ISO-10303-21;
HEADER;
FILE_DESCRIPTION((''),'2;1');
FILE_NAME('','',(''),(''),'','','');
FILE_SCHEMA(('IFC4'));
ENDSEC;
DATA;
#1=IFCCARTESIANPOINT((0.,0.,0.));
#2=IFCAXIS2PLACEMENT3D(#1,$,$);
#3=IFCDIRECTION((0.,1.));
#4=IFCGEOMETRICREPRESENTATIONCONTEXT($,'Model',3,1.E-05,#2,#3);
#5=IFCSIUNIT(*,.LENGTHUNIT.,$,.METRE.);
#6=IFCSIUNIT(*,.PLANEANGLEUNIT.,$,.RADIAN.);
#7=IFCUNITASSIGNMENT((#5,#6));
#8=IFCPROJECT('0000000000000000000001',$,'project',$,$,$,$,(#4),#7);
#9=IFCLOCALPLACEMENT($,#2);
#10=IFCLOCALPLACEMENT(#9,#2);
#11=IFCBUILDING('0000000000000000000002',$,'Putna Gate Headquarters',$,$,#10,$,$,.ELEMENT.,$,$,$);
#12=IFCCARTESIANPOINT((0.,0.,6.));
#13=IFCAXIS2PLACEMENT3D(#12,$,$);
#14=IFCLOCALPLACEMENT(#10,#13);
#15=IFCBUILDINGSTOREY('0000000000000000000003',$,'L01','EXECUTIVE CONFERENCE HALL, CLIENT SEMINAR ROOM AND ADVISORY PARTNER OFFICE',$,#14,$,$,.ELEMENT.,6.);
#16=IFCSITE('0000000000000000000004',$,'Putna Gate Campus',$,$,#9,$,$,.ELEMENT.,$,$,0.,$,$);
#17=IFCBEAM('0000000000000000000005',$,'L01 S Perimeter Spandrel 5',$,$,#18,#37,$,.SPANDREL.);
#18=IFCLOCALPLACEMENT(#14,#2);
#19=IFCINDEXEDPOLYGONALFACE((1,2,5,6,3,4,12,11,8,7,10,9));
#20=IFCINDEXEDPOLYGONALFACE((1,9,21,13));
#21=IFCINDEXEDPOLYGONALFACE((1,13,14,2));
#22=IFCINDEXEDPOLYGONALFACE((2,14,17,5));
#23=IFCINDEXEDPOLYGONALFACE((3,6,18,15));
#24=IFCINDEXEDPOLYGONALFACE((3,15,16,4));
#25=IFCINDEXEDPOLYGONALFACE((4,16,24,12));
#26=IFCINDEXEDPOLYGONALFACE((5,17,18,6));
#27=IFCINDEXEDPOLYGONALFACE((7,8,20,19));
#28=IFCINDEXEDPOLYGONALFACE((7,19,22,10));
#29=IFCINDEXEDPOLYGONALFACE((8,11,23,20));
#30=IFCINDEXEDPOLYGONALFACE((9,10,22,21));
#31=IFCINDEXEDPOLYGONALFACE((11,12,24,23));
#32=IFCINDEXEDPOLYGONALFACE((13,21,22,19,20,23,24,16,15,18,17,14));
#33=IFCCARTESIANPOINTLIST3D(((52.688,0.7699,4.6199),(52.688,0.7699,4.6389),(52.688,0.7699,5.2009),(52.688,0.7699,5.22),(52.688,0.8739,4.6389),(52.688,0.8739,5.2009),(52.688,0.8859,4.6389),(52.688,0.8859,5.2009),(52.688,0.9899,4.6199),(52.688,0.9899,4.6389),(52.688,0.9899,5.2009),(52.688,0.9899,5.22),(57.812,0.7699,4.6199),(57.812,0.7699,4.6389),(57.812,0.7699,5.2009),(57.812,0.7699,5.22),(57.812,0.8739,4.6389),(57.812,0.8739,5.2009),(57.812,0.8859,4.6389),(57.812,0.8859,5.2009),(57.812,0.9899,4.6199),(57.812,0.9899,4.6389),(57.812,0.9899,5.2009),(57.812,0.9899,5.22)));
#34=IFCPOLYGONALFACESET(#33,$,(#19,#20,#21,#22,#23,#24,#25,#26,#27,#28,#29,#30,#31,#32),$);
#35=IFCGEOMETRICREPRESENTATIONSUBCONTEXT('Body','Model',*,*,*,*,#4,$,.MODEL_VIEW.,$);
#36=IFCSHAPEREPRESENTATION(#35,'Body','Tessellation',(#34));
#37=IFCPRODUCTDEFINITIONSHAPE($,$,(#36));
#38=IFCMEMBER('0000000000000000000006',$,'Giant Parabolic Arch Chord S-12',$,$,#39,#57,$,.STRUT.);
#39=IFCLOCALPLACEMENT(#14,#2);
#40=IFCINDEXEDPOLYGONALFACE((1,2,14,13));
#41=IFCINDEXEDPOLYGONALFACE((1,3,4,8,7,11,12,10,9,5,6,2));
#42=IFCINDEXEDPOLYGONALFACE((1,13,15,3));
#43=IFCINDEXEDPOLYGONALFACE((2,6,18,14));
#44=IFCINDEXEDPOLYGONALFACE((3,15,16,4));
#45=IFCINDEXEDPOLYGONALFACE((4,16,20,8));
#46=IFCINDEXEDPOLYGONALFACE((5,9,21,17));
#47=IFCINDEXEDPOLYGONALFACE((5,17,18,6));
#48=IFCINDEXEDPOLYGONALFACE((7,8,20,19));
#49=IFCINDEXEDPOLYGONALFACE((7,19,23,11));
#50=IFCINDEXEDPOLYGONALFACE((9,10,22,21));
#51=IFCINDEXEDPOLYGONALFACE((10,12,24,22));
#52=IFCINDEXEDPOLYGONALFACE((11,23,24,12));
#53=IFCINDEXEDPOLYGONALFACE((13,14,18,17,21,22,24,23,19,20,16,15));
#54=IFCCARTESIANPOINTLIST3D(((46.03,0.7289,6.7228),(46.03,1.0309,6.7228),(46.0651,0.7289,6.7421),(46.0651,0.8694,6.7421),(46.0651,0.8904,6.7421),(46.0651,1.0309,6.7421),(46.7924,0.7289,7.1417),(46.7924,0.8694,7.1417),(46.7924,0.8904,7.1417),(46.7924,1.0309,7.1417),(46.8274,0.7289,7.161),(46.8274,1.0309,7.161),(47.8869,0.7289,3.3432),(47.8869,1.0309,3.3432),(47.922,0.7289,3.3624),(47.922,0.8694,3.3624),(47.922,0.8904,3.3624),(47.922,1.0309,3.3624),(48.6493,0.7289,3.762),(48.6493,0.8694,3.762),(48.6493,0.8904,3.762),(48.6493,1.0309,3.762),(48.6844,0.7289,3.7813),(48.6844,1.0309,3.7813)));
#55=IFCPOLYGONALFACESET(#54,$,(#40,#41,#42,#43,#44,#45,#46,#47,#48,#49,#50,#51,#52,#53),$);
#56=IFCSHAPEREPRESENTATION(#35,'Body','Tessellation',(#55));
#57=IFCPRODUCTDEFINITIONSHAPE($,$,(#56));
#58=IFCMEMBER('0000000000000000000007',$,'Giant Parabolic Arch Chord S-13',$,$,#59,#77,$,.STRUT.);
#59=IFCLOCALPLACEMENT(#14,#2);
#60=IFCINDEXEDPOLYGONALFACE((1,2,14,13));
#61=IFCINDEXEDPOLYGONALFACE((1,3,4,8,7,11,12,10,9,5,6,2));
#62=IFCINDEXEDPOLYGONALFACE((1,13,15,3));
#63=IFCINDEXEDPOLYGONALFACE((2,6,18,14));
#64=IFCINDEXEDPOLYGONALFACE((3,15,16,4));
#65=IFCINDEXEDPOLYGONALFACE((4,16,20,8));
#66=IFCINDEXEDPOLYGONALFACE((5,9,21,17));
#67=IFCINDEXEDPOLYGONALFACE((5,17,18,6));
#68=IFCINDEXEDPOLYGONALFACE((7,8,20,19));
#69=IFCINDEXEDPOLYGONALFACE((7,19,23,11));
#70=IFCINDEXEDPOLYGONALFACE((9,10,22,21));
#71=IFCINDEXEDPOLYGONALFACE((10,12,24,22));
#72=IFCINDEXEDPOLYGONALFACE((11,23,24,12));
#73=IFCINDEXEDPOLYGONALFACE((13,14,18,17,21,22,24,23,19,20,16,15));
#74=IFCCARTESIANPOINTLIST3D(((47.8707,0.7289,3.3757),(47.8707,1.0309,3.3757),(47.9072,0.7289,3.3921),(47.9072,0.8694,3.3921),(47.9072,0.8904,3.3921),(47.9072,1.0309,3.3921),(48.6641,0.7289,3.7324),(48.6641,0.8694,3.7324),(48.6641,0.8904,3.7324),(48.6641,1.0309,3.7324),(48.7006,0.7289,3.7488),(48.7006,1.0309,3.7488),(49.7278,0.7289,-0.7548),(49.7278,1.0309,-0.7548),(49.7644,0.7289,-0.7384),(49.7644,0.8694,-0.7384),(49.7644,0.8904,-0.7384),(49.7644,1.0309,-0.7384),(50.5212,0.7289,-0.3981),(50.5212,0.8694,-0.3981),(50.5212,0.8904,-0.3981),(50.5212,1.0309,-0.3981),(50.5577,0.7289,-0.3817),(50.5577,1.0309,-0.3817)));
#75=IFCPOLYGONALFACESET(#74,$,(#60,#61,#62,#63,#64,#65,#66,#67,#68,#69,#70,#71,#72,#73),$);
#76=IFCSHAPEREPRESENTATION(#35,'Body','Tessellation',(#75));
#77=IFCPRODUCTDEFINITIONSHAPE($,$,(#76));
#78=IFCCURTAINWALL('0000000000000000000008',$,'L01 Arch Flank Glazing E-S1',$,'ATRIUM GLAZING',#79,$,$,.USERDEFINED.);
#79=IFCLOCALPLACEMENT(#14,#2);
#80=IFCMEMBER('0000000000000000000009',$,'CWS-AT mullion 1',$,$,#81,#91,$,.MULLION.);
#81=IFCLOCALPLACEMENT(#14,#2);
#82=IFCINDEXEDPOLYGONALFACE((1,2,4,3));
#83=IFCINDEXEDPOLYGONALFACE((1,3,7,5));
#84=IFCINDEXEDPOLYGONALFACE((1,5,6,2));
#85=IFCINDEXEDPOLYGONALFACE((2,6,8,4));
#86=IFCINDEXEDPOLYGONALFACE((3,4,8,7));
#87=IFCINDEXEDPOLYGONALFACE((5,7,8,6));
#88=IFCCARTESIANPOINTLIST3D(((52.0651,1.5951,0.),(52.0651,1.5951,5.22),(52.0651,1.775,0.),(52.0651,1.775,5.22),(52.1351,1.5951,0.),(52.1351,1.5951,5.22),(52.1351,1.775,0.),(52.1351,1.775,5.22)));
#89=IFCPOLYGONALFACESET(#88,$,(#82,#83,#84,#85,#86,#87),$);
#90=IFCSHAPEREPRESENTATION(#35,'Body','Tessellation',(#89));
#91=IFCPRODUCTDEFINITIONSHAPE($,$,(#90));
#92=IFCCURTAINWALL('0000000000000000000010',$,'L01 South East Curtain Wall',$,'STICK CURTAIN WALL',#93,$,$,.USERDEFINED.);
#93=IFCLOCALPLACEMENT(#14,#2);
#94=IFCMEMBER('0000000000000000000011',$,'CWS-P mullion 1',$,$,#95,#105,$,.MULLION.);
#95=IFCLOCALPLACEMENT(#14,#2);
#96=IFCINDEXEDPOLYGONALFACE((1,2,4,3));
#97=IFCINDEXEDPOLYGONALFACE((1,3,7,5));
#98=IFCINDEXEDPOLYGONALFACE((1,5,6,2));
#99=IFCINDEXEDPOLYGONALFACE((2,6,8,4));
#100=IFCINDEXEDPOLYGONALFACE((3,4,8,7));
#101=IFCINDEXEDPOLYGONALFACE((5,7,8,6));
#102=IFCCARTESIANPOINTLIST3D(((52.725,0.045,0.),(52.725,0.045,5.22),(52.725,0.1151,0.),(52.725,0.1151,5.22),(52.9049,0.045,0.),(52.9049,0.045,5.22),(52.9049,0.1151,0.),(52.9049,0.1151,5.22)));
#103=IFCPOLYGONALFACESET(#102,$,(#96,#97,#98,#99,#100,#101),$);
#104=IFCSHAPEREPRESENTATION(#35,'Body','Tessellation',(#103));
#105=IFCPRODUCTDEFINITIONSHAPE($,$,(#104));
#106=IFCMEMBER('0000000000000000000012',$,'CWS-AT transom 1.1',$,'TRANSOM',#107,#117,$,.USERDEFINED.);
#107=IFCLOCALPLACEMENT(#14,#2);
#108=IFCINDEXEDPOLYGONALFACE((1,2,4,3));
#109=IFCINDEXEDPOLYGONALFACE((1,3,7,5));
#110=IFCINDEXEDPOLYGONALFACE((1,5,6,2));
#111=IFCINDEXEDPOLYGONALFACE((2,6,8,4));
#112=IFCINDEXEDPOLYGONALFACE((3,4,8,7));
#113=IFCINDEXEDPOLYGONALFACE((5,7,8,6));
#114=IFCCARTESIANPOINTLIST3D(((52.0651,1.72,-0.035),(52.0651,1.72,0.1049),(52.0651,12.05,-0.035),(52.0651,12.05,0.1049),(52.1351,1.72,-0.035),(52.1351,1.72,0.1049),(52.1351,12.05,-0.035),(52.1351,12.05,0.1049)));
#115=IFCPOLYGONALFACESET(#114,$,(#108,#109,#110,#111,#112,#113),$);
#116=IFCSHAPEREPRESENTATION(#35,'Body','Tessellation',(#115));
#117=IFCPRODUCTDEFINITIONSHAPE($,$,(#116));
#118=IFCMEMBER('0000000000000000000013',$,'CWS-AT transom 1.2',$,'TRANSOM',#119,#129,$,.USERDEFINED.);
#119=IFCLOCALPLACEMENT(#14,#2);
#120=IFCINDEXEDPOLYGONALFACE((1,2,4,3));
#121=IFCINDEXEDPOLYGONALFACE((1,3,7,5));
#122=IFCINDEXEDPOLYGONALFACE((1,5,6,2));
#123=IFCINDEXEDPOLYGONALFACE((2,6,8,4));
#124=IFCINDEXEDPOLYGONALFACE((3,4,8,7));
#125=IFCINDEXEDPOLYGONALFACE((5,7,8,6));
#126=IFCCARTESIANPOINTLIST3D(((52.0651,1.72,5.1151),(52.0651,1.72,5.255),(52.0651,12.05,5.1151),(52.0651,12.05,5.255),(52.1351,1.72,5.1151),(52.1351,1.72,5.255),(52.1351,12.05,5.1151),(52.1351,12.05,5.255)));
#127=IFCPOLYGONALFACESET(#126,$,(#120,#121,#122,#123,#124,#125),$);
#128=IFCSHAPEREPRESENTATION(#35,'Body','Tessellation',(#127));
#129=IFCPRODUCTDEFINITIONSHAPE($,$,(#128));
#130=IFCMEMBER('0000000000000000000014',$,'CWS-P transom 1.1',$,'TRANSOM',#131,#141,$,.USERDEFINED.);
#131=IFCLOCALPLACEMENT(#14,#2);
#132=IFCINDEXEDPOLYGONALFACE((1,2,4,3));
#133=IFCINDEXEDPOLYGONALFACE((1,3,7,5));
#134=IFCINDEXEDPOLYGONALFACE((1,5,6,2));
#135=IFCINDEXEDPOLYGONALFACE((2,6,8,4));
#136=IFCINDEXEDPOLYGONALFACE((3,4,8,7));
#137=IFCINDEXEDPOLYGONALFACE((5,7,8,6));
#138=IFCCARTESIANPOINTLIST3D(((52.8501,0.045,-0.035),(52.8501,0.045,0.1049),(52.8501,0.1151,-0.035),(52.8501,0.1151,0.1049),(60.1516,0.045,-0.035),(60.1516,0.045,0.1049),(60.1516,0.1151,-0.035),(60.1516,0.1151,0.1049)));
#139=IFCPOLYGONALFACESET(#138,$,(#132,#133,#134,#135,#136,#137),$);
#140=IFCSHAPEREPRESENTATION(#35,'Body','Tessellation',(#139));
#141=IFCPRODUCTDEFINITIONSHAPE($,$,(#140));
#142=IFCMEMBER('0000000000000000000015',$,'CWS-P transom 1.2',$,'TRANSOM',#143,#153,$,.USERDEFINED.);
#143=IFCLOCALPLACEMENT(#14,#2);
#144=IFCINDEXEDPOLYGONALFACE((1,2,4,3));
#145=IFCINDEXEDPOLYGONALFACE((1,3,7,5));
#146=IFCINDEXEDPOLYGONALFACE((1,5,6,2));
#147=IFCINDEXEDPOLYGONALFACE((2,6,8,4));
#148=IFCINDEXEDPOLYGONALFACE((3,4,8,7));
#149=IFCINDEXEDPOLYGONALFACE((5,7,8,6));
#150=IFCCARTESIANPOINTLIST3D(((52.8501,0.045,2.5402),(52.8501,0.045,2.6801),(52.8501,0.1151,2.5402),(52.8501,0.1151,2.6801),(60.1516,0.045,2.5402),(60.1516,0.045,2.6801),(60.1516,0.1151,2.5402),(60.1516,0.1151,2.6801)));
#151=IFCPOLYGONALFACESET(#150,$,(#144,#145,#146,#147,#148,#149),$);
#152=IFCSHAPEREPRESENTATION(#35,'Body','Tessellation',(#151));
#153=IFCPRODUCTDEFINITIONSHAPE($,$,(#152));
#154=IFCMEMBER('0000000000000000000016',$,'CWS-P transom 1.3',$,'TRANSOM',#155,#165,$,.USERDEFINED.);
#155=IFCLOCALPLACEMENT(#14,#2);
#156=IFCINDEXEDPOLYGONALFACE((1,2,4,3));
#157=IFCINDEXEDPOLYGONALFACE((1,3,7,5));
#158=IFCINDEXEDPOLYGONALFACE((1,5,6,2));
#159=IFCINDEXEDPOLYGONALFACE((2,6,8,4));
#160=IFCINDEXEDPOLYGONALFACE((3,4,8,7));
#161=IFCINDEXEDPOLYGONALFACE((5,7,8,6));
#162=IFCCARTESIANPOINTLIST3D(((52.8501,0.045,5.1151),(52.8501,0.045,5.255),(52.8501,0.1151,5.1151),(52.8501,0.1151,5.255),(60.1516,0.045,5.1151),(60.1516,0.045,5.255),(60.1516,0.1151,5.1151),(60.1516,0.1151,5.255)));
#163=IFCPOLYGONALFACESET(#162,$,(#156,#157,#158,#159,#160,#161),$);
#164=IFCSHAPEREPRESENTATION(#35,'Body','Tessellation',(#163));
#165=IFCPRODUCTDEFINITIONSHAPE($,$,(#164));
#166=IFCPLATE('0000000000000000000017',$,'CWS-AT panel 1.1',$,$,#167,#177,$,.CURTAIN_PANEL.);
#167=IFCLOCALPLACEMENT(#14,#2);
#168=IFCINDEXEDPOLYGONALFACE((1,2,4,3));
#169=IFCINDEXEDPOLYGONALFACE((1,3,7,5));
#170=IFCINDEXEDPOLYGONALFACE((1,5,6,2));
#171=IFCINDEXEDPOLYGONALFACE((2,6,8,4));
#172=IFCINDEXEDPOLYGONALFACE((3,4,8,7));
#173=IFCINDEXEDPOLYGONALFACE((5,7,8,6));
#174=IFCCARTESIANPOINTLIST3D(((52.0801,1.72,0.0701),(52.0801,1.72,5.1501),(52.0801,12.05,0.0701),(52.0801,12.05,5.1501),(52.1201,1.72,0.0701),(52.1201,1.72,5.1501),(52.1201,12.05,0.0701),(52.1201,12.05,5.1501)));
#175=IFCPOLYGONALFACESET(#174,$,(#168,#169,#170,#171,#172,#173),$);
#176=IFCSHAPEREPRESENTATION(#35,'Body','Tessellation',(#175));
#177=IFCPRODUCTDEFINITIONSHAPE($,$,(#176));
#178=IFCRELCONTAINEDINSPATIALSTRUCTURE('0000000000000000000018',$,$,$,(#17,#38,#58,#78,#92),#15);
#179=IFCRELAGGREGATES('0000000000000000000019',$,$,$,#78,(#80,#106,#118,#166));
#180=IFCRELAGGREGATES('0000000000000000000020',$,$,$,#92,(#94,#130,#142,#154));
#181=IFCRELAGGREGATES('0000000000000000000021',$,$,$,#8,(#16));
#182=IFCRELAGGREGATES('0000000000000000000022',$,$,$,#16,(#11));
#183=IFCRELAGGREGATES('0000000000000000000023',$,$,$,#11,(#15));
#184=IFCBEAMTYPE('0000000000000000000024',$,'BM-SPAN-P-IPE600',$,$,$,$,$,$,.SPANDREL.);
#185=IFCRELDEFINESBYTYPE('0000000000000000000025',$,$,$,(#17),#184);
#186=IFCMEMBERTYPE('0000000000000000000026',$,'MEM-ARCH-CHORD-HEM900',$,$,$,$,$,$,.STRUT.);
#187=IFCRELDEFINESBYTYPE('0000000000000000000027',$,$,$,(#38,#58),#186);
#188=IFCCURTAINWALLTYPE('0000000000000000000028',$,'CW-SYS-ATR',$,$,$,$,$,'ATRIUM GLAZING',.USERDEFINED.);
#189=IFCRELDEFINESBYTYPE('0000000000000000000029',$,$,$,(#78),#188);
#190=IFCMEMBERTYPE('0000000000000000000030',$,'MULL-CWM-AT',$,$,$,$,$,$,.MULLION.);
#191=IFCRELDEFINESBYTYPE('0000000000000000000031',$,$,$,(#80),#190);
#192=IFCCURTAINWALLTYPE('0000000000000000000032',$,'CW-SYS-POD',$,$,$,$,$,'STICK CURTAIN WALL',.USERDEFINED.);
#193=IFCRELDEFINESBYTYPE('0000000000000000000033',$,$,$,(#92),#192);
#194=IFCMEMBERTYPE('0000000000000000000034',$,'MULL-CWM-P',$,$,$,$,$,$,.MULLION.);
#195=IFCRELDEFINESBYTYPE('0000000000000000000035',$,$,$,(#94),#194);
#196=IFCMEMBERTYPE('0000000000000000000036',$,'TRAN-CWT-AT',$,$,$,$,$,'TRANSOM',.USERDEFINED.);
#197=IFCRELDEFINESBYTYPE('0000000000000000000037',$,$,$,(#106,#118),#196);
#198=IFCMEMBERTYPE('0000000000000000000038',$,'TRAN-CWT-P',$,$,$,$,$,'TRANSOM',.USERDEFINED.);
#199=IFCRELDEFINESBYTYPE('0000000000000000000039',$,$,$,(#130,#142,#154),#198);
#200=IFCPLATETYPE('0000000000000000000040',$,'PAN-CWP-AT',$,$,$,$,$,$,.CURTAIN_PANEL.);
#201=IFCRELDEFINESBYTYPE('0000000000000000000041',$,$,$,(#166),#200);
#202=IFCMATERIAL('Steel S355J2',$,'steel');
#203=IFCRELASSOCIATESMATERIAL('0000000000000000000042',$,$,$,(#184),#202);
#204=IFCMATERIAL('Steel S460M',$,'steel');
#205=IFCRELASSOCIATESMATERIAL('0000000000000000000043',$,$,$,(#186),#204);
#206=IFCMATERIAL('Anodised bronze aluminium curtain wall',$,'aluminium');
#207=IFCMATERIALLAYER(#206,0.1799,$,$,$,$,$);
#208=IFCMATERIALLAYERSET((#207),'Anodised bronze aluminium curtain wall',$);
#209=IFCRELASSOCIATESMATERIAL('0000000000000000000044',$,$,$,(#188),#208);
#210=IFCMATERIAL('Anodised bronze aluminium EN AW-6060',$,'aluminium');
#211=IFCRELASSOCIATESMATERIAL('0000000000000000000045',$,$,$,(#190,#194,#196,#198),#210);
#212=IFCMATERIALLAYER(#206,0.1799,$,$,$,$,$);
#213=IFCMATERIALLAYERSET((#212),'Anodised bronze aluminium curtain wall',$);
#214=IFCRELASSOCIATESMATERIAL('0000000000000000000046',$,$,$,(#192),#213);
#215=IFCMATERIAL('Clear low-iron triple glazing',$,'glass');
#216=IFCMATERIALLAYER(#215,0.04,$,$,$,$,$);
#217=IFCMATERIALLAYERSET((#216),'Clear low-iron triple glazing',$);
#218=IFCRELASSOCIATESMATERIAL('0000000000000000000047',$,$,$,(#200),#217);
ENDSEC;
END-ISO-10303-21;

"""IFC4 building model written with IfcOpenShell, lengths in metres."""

from ifc_helpers import new_model, si_unit, direction, frame, origin, origin_2d, place, context, subcontext, project, spatial, rectangle, i_section, extrude, material, layer, layer_set, material_profile, profile_set, type_object, element, aggregate, save


model = new_model("IFC4")

# Units and contexts
model_context = context("Model", 3, precision=1e-05, world=origin(), true_north=direction((0.0, 1.0)))
body_context = subcontext(model_context, "Body", "Model", "MODEL_VIEW")
ifc_project = project(units=[si_unit("LENGTHUNIT", "METRE"), si_unit("PLANEANGLEUNIT", "RADIAN")], contexts=[model_context])

# Site, building, storey
site_placement = place(None, origin())
site = spatial("IfcSite", under=ifc_project, at=site_placement, Name="Putna Gate Campus", CompositionType="ELEMENT", RefElevation=0.0)
building_placement = place(site_placement, origin())
building = spatial("IfcBuilding", under=site, at=building_placement, Name="Putna Gate Headquarters", CompositionType="ELEMENT")
storey_placement = place(building_placement, frame((0.0, 0.0, 6.0)))
storey = spatial("IfcBuildingStorey", under=building, at=storey_placement, Name="L01", Description="EXECUTIVE CONFERENCE HALL, CLIENT SEMINAR ROOM AND ADVISORY PARTNER OFFICE", CompositionType="ELEMENT", Elevation=6.0)

# Beam
ifc_material_1 = material(Name="Steel S355J2", Category="steel")
ifc_material_profile_1 = material_profile(ifc_material_1, i_section(OverallWidth=0.22, OverallDepth=0.6001, WebThickness=0.012, FlangeThickness=0.019, at=origin_2d()), Name="Steel S355J2")
ifc_profile_set_1 = profile_set([ifc_material_profile_1], Name="Steel S355J2")
beam_type_1 = type_object("IfcBeamType", Name="BM-SPAN-P-IPE600", PredefinedType="SPANDREL", material=ifc_profile_set_1)
beam_1_placement = place(storey_placement, frame((52.688, 0.8799, 4.9199), z_axis=(1.0, 0.0, 0.0), x_axis=(0.0, 1.0, 0.0)))
element("IfcBeam", 1, at=beam_1_placement, inside=storey, type_object=beam_type_1, Name="L01 S Perimeter Spandrel 5", PredefinedType="SPANDREL", context=body_context, shape_type="SweptSolid", body=[
    extrude(i_section(OverallWidth=0.22, OverallDepth=0.6001, WebThickness=0.012, FlangeThickness=0.019, at=origin_2d()), origin(), (0.0, 0.0, 1.0), 5.124),
])

# Members
ifc_material_2 = material(Name="Steel S460M", Category="steel")
ifc_material_profile_2 = material_profile(ifc_material_2, i_section(OverallWidth=0.302, OverallDepth=0.9099, WebThickness=0.021, FlangeThickness=0.04, at=origin_2d()), Name="Steel S460M")
ifc_profile_set_2 = profile_set([ifc_material_profile_2], Name="Steel S460M")
member_type_1 = type_object("IfcMemberType", Name="MEM-ARCH-CHORD-HEM900", PredefinedType="STRUT", material=ifc_profile_set_2)
member_1_placement = place(storey_placement, frame((46.4287, 0.8799, 6.9419), z_axis=(0.481547, 0.0, -0.87642), x_axis=(0.0, 1.0, 0.0)))
element("IfcMember", 2, at=member_1_placement, inside=storey, type_object=member_type_1, Name="Giant Parabolic Arch Chord S-12", PredefinedType="STRUT", context=body_context, shape_type="SweptSolid", body=[
    extrude(i_section(OverallWidth=0.302, OverallDepth=0.9099, WebThickness=0.021, FlangeThickness=0.04, at=origin_2d()), origin(), (0.0, 0.0, 1.0), 3.8562),
])
member_2_placement = place(storey_placement, frame((48.2856, 0.8799, 3.5623), z_axis=(0.410071, 0.0, -0.912054), x_axis=(0.0, 1.0, 0.0)))
element("IfcMember", 3, at=member_2_placement, inside=storey, type_object=member_type_1, Name="Giant Parabolic Arch Chord S-13", PredefinedType="STRUT", context=body_context, shape_type="SweptSolid", body=[
    extrude(i_section(OverallWidth=0.302, OverallDepth=0.9099, WebThickness=0.021, FlangeThickness=0.04, at=origin_2d()), origin(), (0.0, 0.0, 1.0), 4.5288),
])

# Curtain walls, members
ifc_material_3 = material(Name="Anodised bronze aluminium curtain wall", Category="aluminium")
ifc_layer_1 = layer(ifc_material_3, 0.1799)
ifc_layer_set_1 = layer_set([ifc_layer_1], Name="Anodised bronze aluminium curtain wall")
curtain_wall_type_1 = type_object("IfcCurtainWallType", Name="CW-SYS-ATR", ElementType="ATRIUM GLAZING", PredefinedType="USERDEFINED", material=ifc_layer_set_1)
curtain_wall_1_placement = place(storey_placement, origin())
curtain_wall_1 = element("IfcCurtainWall", 4, at=curtain_wall_1_placement, inside=storey, type_object=curtain_wall_type_1, Name="L01 Arch Flank Glazing E-S1", ObjectType="ATRIUM GLAZING", PredefinedType="USERDEFINED")
ifc_material_4 = material(Name="Anodised bronze aluminium EN AW-6060", Category="aluminium")
ifc_material_profile_3 = material_profile(ifc_material_4, rectangle(XDim=0.0701, YDim=0.1799, at=origin_2d()), Name="Anodised bronze aluminium EN AW-6060")
ifc_profile_set_3 = profile_set([ifc_material_profile_3], Name="Anodised bronze aluminium EN AW-6060")
member_type_2 = type_object("IfcMemberType", Name="MULL-CWM-AT", PredefinedType="MULLION", material=ifc_profile_set_3)
member_3_placement = place(storey_placement, frame((52.1001, 1.6851, 0.0), z_axis=(0.0, 0.0, 1.0), x_axis=(-1.0, 0.0, 0.0)))
member_3 = element("IfcMember", 5, at=member_3_placement, type_object=member_type_2, Name="CWS-AT mullion 1", PredefinedType="MULLION", context=body_context, shape_type="SweptSolid", body=[
    extrude(rectangle(XDim=0.0701, YDim=0.1799, at=origin_2d()), origin(), (0.0, 0.0, 1.0), 5.22),
])
ifc_layer_2 = layer(ifc_material_3, 0.1799)
ifc_layer_set_2 = layer_set([ifc_layer_2], Name="Anodised bronze aluminium curtain wall")
curtain_wall_type_2 = type_object("IfcCurtainWallType", Name="CW-SYS-POD", ElementType="STICK CURTAIN WALL", PredefinedType="USERDEFINED", material=ifc_layer_set_2)
curtain_wall_2_placement = place(storey_placement, origin())
curtain_wall_2 = element("IfcCurtainWall", 6, at=curtain_wall_2_placement, inside=storey, type_object=curtain_wall_type_2, Name="L01 South East Curtain Wall", ObjectType="STICK CURTAIN WALL", PredefinedType="USERDEFINED")
ifc_material_profile_4 = material_profile(ifc_material_4, rectangle(XDim=0.0701, YDim=0.1799, at=origin_2d()), Name="Anodised bronze aluminium EN AW-6060")
ifc_profile_set_4 = profile_set([ifc_material_profile_4], Name="Anodised bronze aluminium EN AW-6060")
member_type_3 = type_object("IfcMemberType", Name="MULL-CWM-P", PredefinedType="MULLION", material=ifc_profile_set_4)
member_4_placement = place(storey_placement, frame((52.8149, 0.0801, 0.0), z_axis=(0.0, 0.0, 1.0), x_axis=(0.0, 1.0, 0.0)))
member_4 = element("IfcMember", 7, at=member_4_placement, type_object=member_type_3, Name="CWS-P mullion 1", PredefinedType="MULLION", context=body_context, shape_type="SweptSolid", body=[
    extrude(rectangle(XDim=0.0701, YDim=0.1799, at=origin_2d()), origin(), (0.0, 0.0, 1.0), 5.22),
])

# Members
ifc_material_profile_5 = material_profile(ifc_material_4, rectangle(XDim=0.0701, YDim=0.1399, at=origin_2d()), Name="Anodised bronze aluminium EN AW-6060")
ifc_profile_set_5 = profile_set([ifc_material_profile_5], Name="Anodised bronze aluminium EN AW-6060")
member_type_4 = type_object("IfcMemberType", Name="TRAN-CWT-AT", ElementType="TRANSOM", PredefinedType="USERDEFINED", material=ifc_profile_set_5)
member_5_placement = place(storey_placement, frame((52.1001, 1.72, 0.0349), z_axis=(0.0, 1.0, 0.0), x_axis=(-1.0, 0.0, 0.0)))
member_5 = element("IfcMember", 8, at=member_5_placement, type_object=member_type_4, Name="CWS-AT transom 1.1", ObjectType="TRANSOM", PredefinedType="USERDEFINED", context=body_context, shape_type="SweptSolid", body=[
    extrude(rectangle(XDim=0.0701, YDim=0.1399, at=origin_2d()), origin(), (0.0, 0.0, 1.0), 10.3301),
])
member_6_placement = place(storey_placement, frame((52.1001, 1.72, 5.1851), z_axis=(0.0, 1.0, 0.0), x_axis=(-1.0, 0.0, 0.0)))
member_6 = element("IfcMember", 9, at=member_6_placement, type_object=member_type_4, Name="CWS-AT transom 1.2", ObjectType="TRANSOM", PredefinedType="USERDEFINED", context=body_context, shape_type="SweptSolid", body=[
    extrude(rectangle(XDim=0.0701, YDim=0.1399, at=origin_2d()), origin(), (0.0, 0.0, 1.0), 10.3301),
])
ifc_material_profile_6 = material_profile(ifc_material_4, rectangle(XDim=0.0701, YDim=0.1399, at=origin_2d()), Name="Anodised bronze aluminium EN AW-6060")
ifc_profile_set_6 = profile_set([ifc_material_profile_6], Name="Anodised bronze aluminium EN AW-6060")
member_type_5 = type_object("IfcMemberType", Name="TRAN-CWT-P", ElementType="TRANSOM", PredefinedType="USERDEFINED", material=ifc_profile_set_6)
member_7_placement = place(storey_placement, frame((52.8501, 0.0801, 0.0349), z_axis=(1.0, 0.0, 0.0), x_axis=(0.0, 1.0, 0.0)))
member_7 = element("IfcMember", 10, at=member_7_placement, type_object=member_type_5, Name="CWS-P transom 1.1", ObjectType="TRANSOM", PredefinedType="USERDEFINED", context=body_context, shape_type="SweptSolid", body=[
    extrude(rectangle(XDim=0.0701, YDim=0.1399, at=origin_2d()), origin(), (0.0, 0.0, 1.0), 7.3015),
])
member_8_placement = place(storey_placement, frame((52.8501, 0.0801, 2.6101), z_axis=(1.0, 0.0, 0.0), x_axis=(0.0, 1.0, 0.0)))
member_8 = element("IfcMember", 11, at=member_8_placement, type_object=member_type_5, Name="CWS-P transom 1.2", ObjectType="TRANSOM", PredefinedType="USERDEFINED", context=body_context, shape_type="SweptSolid", body=[
    extrude(rectangle(XDim=0.0701, YDim=0.1399, at=origin_2d()), origin(), (0.0, 0.0, 1.0), 7.3015),
])
member_9_placement = place(storey_placement, frame((52.8501, 0.0801, 5.1851), z_axis=(1.0, 0.0, 0.0), x_axis=(0.0, 1.0, 0.0)))
member_9 = element("IfcMember", 12, at=member_9_placement, type_object=member_type_5, Name="CWS-P transom 1.3", ObjectType="TRANSOM", PredefinedType="USERDEFINED", context=body_context, shape_type="SweptSolid", body=[
    extrude(rectangle(XDim=0.0701, YDim=0.1399, at=origin_2d()), origin(), (0.0, 0.0, 1.0), 7.3015),
])

# Plate
ifc_material_5 = material(Name="Clear low-iron triple glazing", Category="glass")
ifc_layer_3 = layer(ifc_material_5, 0.04)
ifc_layer_set_3 = layer_set([ifc_layer_3], Name="Clear low-iron triple glazing")
plate_type_1 = type_object("IfcPlateType", Name="PAN-CWP-AT", PredefinedType="CURTAIN_PANEL", material=ifc_layer_set_3)
plate_1_placement = place(storey_placement, frame((52.1001, 6.885, 0.0701), z_axis=(0.0, 0.0, 1.0), x_axis=(0.0, 1.0, 0.0)))
plate_1 = element("IfcPlate", 13, at=plate_1_placement, type_object=plate_type_1, Name="CWS-AT panel 1.1", PredefinedType="CURTAIN_PANEL", context=body_context, shape_type="SweptSolid", body=[
    extrude(rectangle(XDim=10.3301, YDim=0.04, at=origin_2d()), origin(), (0.0, 0.0, 1.0), 5.0801),
])
aggregate(curtain_wall_1, [member_3, member_5, member_6, plate_1])
aggregate(curtain_wall_2, [member_4, member_7, member_8, member_9])

save(model, "model.ifc")
